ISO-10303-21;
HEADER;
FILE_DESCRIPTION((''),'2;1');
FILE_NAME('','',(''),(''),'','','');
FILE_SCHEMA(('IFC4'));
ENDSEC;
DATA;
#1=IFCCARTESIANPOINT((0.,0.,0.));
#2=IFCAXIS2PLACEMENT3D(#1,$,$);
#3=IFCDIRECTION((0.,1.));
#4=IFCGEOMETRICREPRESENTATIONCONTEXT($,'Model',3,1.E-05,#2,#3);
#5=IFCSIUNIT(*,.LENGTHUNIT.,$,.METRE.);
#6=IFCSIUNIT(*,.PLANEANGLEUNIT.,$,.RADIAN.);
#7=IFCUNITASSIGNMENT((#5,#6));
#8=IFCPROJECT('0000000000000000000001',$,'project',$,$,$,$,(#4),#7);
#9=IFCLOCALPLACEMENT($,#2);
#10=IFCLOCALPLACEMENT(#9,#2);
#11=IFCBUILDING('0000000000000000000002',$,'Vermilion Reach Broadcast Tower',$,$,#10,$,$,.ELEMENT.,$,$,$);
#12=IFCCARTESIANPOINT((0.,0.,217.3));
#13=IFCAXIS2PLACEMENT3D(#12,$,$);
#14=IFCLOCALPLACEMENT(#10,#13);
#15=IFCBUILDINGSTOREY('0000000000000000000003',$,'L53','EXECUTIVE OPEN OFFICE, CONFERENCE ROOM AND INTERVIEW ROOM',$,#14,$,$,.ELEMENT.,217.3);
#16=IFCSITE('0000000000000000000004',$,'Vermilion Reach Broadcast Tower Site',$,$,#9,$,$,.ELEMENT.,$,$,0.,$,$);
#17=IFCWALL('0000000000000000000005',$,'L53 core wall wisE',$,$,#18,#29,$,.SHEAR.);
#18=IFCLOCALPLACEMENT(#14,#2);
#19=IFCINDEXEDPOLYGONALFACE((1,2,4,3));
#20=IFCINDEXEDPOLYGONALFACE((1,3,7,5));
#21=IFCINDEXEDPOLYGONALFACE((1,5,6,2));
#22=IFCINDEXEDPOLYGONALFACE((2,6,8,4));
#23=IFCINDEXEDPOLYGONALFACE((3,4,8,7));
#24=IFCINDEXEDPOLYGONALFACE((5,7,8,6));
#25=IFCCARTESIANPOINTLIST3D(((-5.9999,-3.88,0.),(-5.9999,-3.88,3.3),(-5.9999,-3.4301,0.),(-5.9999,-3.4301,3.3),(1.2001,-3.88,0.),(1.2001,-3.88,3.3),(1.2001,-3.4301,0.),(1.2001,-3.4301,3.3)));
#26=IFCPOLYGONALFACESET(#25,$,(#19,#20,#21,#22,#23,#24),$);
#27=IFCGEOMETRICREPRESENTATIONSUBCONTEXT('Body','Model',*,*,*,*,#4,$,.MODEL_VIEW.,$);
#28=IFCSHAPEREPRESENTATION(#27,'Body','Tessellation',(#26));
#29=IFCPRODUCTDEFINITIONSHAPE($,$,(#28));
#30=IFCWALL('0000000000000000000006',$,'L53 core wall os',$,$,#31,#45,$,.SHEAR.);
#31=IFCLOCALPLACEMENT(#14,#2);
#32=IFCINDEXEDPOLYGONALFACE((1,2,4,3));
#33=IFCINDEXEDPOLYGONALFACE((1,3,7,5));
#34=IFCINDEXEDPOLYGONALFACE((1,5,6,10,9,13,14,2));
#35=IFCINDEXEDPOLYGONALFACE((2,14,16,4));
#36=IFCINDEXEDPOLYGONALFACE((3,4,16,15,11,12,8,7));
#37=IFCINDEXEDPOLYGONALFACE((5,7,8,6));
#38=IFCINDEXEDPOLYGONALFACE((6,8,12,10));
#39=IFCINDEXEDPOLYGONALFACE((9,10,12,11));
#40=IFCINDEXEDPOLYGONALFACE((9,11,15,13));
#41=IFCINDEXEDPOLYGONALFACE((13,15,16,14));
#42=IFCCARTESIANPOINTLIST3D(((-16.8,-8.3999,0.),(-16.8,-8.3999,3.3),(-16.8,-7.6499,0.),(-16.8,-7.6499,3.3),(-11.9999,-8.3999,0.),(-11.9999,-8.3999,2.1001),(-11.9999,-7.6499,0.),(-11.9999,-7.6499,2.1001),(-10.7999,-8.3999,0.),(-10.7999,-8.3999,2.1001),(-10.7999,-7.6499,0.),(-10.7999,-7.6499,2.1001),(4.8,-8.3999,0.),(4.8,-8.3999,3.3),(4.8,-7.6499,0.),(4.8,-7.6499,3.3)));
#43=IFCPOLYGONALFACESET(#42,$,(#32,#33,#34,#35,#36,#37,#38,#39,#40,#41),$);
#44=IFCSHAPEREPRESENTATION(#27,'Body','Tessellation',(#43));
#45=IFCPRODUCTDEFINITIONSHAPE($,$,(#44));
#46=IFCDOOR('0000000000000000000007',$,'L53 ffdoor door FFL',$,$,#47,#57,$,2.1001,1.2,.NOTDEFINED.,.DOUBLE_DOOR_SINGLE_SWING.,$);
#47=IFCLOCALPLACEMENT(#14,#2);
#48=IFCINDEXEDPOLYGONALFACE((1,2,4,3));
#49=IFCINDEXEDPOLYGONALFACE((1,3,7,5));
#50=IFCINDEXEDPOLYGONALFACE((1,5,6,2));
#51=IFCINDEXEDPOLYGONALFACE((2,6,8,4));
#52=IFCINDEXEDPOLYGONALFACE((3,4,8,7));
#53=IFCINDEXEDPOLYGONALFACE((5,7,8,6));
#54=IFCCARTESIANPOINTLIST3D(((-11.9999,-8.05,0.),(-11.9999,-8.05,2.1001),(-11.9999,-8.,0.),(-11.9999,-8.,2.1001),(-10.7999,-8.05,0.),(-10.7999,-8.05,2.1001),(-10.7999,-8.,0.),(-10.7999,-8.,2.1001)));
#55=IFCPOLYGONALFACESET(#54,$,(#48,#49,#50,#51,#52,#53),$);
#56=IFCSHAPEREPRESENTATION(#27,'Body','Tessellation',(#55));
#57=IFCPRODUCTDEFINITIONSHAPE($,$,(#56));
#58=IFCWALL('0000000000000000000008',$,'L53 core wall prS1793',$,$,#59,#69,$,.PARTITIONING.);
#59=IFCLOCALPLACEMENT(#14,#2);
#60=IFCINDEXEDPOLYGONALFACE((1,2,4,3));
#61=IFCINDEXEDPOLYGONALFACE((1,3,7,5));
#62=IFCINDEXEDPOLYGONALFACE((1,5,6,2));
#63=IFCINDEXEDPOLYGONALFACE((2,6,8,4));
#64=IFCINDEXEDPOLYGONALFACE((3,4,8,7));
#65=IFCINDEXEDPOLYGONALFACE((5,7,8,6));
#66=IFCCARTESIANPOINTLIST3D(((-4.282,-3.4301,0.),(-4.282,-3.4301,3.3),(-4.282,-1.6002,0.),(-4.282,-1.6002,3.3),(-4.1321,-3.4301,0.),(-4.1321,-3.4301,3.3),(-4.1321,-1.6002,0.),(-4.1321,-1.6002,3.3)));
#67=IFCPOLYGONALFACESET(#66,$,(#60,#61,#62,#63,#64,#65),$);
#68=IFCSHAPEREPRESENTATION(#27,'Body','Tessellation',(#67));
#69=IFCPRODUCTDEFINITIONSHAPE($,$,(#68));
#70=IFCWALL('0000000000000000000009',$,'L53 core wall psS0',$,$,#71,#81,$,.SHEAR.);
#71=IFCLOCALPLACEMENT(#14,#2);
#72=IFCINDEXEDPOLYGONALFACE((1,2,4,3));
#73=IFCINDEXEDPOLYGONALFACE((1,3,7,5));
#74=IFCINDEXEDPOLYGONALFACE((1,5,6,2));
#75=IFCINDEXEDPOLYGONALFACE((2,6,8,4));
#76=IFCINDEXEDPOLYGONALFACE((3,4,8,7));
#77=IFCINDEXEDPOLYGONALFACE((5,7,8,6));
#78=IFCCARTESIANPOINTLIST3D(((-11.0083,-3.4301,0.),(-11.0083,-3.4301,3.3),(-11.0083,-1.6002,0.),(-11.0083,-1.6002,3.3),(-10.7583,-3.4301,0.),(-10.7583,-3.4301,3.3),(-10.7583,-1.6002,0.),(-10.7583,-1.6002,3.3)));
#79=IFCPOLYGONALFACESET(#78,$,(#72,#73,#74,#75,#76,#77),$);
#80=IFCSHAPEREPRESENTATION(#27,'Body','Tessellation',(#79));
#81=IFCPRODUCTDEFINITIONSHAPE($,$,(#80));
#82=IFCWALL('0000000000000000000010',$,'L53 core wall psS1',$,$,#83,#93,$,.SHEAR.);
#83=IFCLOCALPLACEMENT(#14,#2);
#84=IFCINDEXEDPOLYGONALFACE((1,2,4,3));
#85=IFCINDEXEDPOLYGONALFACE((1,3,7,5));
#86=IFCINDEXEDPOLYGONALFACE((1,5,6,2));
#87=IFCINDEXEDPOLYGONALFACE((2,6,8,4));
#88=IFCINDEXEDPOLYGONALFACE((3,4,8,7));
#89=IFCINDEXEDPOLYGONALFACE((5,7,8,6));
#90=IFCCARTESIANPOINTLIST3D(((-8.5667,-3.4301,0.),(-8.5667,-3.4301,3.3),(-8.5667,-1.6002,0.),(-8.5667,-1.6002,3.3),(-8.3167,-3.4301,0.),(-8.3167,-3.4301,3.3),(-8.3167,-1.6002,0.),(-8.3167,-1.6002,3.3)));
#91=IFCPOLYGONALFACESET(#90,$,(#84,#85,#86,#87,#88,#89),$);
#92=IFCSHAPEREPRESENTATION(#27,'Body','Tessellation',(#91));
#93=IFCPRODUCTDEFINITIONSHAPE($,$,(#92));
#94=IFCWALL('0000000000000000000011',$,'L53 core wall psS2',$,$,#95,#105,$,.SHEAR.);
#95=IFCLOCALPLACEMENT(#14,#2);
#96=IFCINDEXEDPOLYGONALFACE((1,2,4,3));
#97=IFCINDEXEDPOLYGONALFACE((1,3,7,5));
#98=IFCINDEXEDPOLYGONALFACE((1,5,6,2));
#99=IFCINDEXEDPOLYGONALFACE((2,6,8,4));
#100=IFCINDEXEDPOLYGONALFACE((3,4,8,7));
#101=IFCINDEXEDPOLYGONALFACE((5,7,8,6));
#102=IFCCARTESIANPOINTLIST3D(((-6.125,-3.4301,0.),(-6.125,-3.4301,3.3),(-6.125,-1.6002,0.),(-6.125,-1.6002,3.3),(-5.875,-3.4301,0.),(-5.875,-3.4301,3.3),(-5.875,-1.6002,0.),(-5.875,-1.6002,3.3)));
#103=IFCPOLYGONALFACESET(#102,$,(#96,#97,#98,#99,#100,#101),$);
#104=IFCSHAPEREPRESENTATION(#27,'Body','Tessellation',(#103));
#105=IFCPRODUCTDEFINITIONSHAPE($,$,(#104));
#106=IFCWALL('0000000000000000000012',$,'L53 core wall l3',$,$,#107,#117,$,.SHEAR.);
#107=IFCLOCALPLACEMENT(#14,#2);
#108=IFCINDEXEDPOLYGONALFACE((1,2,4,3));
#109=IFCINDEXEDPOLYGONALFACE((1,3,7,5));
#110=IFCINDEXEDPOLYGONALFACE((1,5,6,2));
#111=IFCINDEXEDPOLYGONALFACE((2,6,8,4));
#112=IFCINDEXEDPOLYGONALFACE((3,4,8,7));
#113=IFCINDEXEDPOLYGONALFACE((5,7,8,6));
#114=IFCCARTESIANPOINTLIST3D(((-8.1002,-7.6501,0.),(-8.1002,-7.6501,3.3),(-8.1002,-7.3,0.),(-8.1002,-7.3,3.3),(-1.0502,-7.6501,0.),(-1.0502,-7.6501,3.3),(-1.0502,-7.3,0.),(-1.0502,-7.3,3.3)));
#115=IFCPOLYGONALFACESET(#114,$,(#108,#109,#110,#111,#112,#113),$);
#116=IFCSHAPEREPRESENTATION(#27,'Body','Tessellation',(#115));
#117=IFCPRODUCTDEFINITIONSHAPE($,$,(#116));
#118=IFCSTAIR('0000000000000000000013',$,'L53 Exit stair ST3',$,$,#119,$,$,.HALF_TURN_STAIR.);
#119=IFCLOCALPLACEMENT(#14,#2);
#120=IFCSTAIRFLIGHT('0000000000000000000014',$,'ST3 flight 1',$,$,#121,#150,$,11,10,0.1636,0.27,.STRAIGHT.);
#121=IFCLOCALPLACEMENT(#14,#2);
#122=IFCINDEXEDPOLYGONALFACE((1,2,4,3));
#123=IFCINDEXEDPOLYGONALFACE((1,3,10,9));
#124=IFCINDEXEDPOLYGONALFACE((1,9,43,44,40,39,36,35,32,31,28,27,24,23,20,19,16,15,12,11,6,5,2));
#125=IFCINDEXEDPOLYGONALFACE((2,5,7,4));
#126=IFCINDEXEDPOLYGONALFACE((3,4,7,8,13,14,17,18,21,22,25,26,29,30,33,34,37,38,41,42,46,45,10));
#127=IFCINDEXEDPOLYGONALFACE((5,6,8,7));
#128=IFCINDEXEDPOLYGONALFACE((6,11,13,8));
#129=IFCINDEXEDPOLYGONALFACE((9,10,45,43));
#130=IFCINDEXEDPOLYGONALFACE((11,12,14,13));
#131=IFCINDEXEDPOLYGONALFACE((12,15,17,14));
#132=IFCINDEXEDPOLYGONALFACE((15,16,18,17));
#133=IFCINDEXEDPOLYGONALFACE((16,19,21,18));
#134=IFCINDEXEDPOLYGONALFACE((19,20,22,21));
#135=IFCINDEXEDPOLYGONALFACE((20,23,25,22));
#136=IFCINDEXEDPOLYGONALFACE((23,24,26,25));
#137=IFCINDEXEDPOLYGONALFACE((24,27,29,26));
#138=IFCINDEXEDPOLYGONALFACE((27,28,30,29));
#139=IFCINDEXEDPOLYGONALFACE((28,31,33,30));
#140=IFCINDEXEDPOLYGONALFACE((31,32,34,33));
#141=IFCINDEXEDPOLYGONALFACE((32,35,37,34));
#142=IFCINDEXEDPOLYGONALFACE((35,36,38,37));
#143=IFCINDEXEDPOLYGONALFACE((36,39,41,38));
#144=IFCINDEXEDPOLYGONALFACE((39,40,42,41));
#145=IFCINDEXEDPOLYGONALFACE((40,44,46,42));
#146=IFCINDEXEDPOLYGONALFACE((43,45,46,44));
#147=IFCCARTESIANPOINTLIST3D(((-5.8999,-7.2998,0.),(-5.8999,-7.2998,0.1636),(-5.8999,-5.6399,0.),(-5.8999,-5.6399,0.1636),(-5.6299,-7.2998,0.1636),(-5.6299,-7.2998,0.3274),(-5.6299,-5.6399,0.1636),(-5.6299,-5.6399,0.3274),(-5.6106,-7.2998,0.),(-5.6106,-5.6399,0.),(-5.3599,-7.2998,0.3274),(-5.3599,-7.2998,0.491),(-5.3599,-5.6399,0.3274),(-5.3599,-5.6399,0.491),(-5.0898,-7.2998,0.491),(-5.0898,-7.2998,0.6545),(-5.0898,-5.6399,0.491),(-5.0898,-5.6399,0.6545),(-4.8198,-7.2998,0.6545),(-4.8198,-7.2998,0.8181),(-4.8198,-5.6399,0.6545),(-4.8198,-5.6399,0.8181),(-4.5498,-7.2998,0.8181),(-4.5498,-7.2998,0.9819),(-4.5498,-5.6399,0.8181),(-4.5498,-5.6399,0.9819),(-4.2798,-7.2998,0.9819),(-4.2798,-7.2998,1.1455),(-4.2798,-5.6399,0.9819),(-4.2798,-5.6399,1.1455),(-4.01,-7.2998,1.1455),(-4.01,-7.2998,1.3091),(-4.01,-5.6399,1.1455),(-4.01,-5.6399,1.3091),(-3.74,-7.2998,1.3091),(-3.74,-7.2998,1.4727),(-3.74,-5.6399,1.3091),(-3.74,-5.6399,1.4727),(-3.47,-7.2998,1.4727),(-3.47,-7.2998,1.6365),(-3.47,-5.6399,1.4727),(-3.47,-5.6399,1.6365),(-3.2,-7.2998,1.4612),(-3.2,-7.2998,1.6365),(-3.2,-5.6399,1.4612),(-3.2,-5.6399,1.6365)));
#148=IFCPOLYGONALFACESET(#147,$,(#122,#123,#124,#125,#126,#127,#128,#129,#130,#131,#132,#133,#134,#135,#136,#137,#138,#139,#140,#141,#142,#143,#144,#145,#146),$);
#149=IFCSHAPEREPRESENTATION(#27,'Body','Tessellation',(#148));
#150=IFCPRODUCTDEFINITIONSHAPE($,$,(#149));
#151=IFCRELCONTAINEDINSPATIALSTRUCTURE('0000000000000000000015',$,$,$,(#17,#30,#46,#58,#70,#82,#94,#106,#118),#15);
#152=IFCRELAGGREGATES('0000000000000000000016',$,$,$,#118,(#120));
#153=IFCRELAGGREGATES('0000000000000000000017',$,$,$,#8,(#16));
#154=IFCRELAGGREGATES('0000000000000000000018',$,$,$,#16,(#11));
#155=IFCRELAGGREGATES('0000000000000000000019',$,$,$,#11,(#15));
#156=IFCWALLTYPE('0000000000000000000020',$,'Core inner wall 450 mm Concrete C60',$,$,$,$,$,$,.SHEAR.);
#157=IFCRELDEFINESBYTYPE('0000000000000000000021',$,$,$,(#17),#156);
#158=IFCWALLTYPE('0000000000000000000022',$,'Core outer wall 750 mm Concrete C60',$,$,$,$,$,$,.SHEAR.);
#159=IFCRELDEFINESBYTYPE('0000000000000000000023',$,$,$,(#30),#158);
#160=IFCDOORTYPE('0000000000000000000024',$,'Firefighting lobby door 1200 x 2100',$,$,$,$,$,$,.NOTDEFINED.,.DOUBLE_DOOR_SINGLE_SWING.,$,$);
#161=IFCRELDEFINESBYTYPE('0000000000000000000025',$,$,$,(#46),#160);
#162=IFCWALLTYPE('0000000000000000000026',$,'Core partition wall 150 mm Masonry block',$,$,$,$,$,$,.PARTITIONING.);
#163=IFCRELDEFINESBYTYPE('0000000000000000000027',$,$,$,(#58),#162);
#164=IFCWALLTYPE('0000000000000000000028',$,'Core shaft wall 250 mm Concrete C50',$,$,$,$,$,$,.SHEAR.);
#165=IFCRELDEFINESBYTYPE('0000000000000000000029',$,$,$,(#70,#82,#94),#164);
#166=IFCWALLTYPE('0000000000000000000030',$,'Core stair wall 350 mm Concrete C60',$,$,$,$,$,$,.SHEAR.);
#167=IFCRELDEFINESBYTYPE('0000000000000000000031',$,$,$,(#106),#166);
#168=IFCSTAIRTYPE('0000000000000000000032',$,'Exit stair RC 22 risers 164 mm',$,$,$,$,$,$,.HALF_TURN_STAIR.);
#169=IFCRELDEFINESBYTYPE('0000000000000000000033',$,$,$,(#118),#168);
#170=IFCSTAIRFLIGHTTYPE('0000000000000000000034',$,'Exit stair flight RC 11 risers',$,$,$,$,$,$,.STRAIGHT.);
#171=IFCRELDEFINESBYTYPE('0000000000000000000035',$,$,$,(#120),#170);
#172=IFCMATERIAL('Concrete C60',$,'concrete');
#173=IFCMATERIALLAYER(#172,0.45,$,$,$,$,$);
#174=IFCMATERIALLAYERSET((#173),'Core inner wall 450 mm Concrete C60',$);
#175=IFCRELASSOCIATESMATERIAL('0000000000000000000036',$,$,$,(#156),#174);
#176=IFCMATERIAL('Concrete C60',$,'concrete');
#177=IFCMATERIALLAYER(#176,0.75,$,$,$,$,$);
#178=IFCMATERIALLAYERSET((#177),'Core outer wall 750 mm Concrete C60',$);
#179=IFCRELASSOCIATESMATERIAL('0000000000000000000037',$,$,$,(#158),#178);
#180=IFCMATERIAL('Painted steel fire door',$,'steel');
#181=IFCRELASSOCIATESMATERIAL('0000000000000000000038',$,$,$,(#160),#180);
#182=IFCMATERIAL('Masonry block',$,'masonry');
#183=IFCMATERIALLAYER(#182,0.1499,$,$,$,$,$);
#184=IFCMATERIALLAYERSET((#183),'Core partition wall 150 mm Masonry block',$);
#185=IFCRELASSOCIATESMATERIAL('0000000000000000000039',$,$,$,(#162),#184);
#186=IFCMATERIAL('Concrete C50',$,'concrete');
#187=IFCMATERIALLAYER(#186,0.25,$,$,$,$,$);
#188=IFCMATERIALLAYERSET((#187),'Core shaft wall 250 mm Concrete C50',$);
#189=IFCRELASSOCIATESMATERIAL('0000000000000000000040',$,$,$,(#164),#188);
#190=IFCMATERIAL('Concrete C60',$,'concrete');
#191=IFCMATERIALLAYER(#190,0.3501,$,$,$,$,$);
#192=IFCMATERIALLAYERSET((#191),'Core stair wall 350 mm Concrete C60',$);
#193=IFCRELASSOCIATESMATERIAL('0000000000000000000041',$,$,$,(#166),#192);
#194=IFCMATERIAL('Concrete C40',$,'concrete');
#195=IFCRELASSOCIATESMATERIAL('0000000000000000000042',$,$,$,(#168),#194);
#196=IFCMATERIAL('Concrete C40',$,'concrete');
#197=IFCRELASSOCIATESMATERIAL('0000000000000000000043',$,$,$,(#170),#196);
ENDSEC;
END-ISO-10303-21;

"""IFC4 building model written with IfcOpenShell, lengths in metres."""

from ifc_helpers import new_model, si_unit, direction, frame, frame_2d, origin, place, context, subcontext, project, spatial, polyline, rectangle, outline, extrude, material, layer, layer_set, type_object, element, fill, aggregate, save


model = new_model("IFC4")

# Units and contexts
model_context = context("Model", 3, precision=1e-05, world=origin(), true_north=direction((0.0, 1.0)))
body_context = subcontext(model_context, "Body", "Model", "MODEL_VIEW")
ifc_project = project(units=[si_unit("LENGTHUNIT", "METRE"), si_unit("PLANEANGLEUNIT", "RADIAN")], contexts=[model_context])

# Site, building, storey
site_placement = place(None, origin())
site = spatial("IfcSite", under=ifc_project, at=site_placement, Name="Vermilion Reach Broadcast Tower Site", CompositionType="ELEMENT", RefElevation=0.0)
building_placement = place(site_placement, origin())
building = spatial("IfcBuilding", under=site, at=building_placement, Name="Vermilion Reach Broadcast Tower", CompositionType="ELEMENT")
storey_placement = place(building_placement, frame((0.0, 0.0, 217.3)))
storey = spatial("IfcBuildingStorey", under=building, at=storey_placement, Name="L53", Description="EXECUTIVE OPEN OFFICE, CONFERENCE ROOM AND INTERVIEW ROOM", CompositionType="ELEMENT", Elevation=217.3)

# Shared definitions
ifc_material_1 = material(Name="Concrete C60", Category="concrete")
ifc_layer_1 = layer(ifc_material_1, 0.45)
ifc_layer_set_1 = layer_set([ifc_layer_1], Name="Core inner wall 450 mm Concrete C60")
wall_type_1 = type_object("IfcWallType", Name="Core inner wall 450 mm Concrete C60", PredefinedType="SHEAR", material=ifc_layer_set_1)

# Wall
wall_1_placement = place(storey_placement, frame((-6.0, -3.655, 0.0), z_axis=(0.0, 0.0, 1.0), x_axis=(1.0, 0.0, 0.0)))
element("IfcWall", 1, at=wall_1_placement, inside=storey, type_object=wall_type_1, Name="L53 core wall wisE", PredefinedType="SHEAR", context=body_context, shape_type="SweptSolid", body=[
    extrude(rectangle(XDim=7.2, YDim=0.45, at=frame_2d((3.6001, 0.0))), origin(), (0.0, 0.0, 1.0), 3.3),
])

# Wall, opening, door
ifc_material_2 = material(Name="Concrete C60", Category="concrete")
ifc_layer_2 = layer(ifc_material_2, 0.75)
ifc_layer_set_2 = layer_set([ifc_layer_2], Name="Core outer wall 750 mm Concrete C60")
wall_type_2 = type_object("IfcWallType", Name="Core outer wall 750 mm Concrete C60", PredefinedType="SHEAR", material=ifc_layer_set_2)
wall_2_placement = place(storey_placement, frame((-16.8, -8.0249, 0.0), z_axis=(0.0, 0.0, 1.0), x_axis=(1.0, 0.0, 0.0)))
wall_2 = element("IfcWall", 2, at=wall_2_placement, inside=storey, type_object=wall_type_2, Name="L53 core wall os", PredefinedType="SHEAR", context=body_context, shape_type="SweptSolid", body=[
    extrude(rectangle(XDim=21.6001, YDim=0.75, at=frame_2d((10.8, 0.0))), origin(), (0.0, 0.0, 1.0), 3.3),
])
opening_1_placement = place(wall_2_placement, frame((4.8, 0.0, 0.0)))
opening_1 = element("IfcOpeningElement", 3, at=opening_1_placement, cuts=wall_2, PredefinedType="OPENING", context=body_context, shape_type="SweptSolid", body=[
    extrude(rectangle(XDim=1.2, YDim=2.1001, at=frame_2d((0.6001, 1.05))), frame((0.0, 0.385, 0.0), z_axis=(0.0, -1.0, 0.0), x_axis=(1.0, 0.0, 0.0)), (0.0, 0.0, 1.0), 0.77),
])
ifc_material_3 = material(Name="Painted steel fire door", Category="steel")
door_type_1 = type_object("IfcDoorType", Name="Firefighting lobby door 1200 x 2100", OperationType="DOUBLE_DOOR_SINGLE_SWING", PredefinedType="NOTDEFINED", material=ifc_material_3)
door_1_placement = place(opening_1_placement, origin())
door_1 = element("IfcDoor", 4, at=door_1_placement, inside=storey, type_object=door_type_1, Name="L53 ffdoor door FFL", OperationType="DOUBLE_DOOR_SINGLE_SWING", OverallHeight=2.1001, OverallWidth=1.2, PredefinedType="NOTDEFINED", context=body_context, shape_type="SweptSolid", body=[
    extrude(rectangle(XDim=1.2, YDim=2.1001, at=frame_2d((0.6001, 1.05))), frame((0.0, 0.0249, 0.0), z_axis=(0.0, -1.0, 0.0), x_axis=(1.0, 0.0, 0.0)), (0.0, 0.0, 1.0), 0.05),
])
fill(opening_1, door_1)

# Walls
ifc_material_4 = material(Name="Masonry block", Category="masonry")
ifc_layer_3 = layer(ifc_material_4, 0.1499)
ifc_layer_set_3 = layer_set([ifc_layer_3], Name="Core partition wall 150 mm Masonry block")
wall_type_3 = type_object("IfcWallType", Name="Core partition wall 150 mm Masonry block", PredefinedType="PARTITIONING", material=ifc_layer_set_3)
wall_3_placement = place(storey_placement, frame((-4.207, -1.6001, 0.0), z_axis=(0.0, 0.0, 1.0), x_axis=(0.0, -1.0, 0.0)))
element("IfcWall", 5, at=wall_3_placement, inside=storey, type_object=wall_type_3, Name="L53 core wall prS1793", PredefinedType="PARTITIONING", context=body_context, shape_type="SweptSolid", body=[
    extrude(rectangle(XDim=1.8298, YDim=0.1499, at=frame_2d((0.915, 0.0))), origin(), (0.0, 0.0, 1.0), 3.3),
])
ifc_material_5 = material(Name="Concrete C50", Category="concrete")
ifc_layer_4 = layer(ifc_material_5, 0.25)
ifc_layer_set_4 = layer_set([ifc_layer_4], Name="Core shaft wall 250 mm Concrete C50")
wall_type_4 = type_object("IfcWallType", Name="Core shaft wall 250 mm Concrete C50", PredefinedType="SHEAR", material=ifc_layer_set_4)
for number, where, z_axis, x_axis, name in (
    (6, (-10.8833, -1.6001, 0.0), (0.0, 0.0, 1.0), (0.0, -1.0, 0.0), "L53 core wall psS0"),
    (7, (-8.4417, -1.6001, 0.0), (0.0, 0.0, 1.0), (0.0, -1.0, 0.0), "L53 core wall psS1"),
    (8, (-6.0, -1.6001, 0.0), (0.0, 0.0, 1.0), (0.0, -1.0, 0.0), "L53 core wall psS2"),
):
    element("IfcWall", number, at=place(storey_placement, frame(where, z_axis=z_axis, x_axis=x_axis)), inside=storey, type_object=wall_type_4, Name=name, PredefinedType="SHEAR", context=body_context, shape_type="SweptSolid", body=[
        extrude(rectangle(XDim=1.8298, YDim=0.25, at=frame_2d((0.915, 0.0))), origin(), (0.0, 0.0, 1.0), 3.3),
    ])
ifc_material_6 = material(Name="Concrete C60", Category="concrete")
ifc_layer_5 = layer(ifc_material_6, 0.3501)
ifc_layer_set_5 = layer_set([ifc_layer_5], Name="Core stair wall 350 mm Concrete C60")
wall_type_5 = type_object("IfcWallType", Name="Core stair wall 350 mm Concrete C60", PredefinedType="SHEAR", material=ifc_layer_set_5)
wall_4_placement = place(storey_placement, frame((-8.1001, -7.4751, 0.0), z_axis=(0.0, 0.0, 1.0), x_axis=(1.0, 0.0, 0.0)))
element("IfcWall", 9, at=wall_4_placement, inside=storey, type_object=wall_type_5, Name="L53 core wall l3", PredefinedType="SHEAR", context=body_context, shape_type="SweptSolid", body=[
    extrude(rectangle(XDim=7.05, YDim=0.3501, at=frame_2d((3.5249, 0.0))), origin(), (0.0, 0.0, 1.0), 3.3),
])

# Stair, stair flight
ifc_material_7 = material(Name="Concrete C40", Category="concrete")
stair_type = type_object("IfcStairType", Name="Exit stair RC 22 risers 164 mm", PredefinedType="HALF_TURN_STAIR", material=ifc_material_7)
stair_placement = place(storey_placement, origin())
stair = element("IfcStair", 10, at=stair_placement, inside=storey, type_object=stair_type, Name="L53 Exit stair ST3", PredefinedType="HALF_TURN_STAIR")
ifc_material_8 = material(Name="Concrete C40", Category="concrete")
stair_flight_type = type_object("IfcStairFlightType", Name="Exit stair flight RC 11 risers", PredefinedType="STRAIGHT", material=ifc_material_8)
stair_flight_placement = place(storey_placement, frame((-5.8999, -6.47, 0.0), z_axis=(0.0, 0.0, 1.0), x_axis=(1.0, 0.0, 0.0)))
stair_flight = element("IfcStairFlight", 11, at=stair_flight_placement, type_object=stair_flight_type, Name="ST3 flight 1", NumberOfRisers=11, NumberOfTreads=10, PredefinedType="STRAIGHT", RiserHeight=0.1636, TreadLength=0.27, context=body_context, shape_type="SweptSolid", body=[
    extrude(outline(polyline([(0.0, 0.0), (0.0, 0.1636), (0.27, 0.1636), (0.27, 0.3274), (0.54, 0.3274), (0.54, 0.491), (0.8101, 0.491), (0.8101, 0.6545), (1.0801, 0.6545), (1.0801, 0.8181), (1.3501, 0.8181), (1.3501, 0.9819), (1.6201, 0.9819), (1.6201, 1.1455), (1.8899, 1.1455), (1.8899, 1.3091), (2.1599, 1.3091), (2.1599, 1.4727), (2.4299, 1.4727), (2.4299, 1.6365), (2.7, 1.6365), (2.7, 1.8), (2.7, 1.4612), (0.2893, 0.0), (0.0, 0.0)])), frame((0.0, 0.8301, 0.0), z_axis=(0.0, -1.0, 0.0), x_axis=(1.0, 0.0, 0.0)), (0.0, 0.0, 1.0), 1.6599),
])
aggregate(stair, [stair_flight])

save(model, "model.ifc")
